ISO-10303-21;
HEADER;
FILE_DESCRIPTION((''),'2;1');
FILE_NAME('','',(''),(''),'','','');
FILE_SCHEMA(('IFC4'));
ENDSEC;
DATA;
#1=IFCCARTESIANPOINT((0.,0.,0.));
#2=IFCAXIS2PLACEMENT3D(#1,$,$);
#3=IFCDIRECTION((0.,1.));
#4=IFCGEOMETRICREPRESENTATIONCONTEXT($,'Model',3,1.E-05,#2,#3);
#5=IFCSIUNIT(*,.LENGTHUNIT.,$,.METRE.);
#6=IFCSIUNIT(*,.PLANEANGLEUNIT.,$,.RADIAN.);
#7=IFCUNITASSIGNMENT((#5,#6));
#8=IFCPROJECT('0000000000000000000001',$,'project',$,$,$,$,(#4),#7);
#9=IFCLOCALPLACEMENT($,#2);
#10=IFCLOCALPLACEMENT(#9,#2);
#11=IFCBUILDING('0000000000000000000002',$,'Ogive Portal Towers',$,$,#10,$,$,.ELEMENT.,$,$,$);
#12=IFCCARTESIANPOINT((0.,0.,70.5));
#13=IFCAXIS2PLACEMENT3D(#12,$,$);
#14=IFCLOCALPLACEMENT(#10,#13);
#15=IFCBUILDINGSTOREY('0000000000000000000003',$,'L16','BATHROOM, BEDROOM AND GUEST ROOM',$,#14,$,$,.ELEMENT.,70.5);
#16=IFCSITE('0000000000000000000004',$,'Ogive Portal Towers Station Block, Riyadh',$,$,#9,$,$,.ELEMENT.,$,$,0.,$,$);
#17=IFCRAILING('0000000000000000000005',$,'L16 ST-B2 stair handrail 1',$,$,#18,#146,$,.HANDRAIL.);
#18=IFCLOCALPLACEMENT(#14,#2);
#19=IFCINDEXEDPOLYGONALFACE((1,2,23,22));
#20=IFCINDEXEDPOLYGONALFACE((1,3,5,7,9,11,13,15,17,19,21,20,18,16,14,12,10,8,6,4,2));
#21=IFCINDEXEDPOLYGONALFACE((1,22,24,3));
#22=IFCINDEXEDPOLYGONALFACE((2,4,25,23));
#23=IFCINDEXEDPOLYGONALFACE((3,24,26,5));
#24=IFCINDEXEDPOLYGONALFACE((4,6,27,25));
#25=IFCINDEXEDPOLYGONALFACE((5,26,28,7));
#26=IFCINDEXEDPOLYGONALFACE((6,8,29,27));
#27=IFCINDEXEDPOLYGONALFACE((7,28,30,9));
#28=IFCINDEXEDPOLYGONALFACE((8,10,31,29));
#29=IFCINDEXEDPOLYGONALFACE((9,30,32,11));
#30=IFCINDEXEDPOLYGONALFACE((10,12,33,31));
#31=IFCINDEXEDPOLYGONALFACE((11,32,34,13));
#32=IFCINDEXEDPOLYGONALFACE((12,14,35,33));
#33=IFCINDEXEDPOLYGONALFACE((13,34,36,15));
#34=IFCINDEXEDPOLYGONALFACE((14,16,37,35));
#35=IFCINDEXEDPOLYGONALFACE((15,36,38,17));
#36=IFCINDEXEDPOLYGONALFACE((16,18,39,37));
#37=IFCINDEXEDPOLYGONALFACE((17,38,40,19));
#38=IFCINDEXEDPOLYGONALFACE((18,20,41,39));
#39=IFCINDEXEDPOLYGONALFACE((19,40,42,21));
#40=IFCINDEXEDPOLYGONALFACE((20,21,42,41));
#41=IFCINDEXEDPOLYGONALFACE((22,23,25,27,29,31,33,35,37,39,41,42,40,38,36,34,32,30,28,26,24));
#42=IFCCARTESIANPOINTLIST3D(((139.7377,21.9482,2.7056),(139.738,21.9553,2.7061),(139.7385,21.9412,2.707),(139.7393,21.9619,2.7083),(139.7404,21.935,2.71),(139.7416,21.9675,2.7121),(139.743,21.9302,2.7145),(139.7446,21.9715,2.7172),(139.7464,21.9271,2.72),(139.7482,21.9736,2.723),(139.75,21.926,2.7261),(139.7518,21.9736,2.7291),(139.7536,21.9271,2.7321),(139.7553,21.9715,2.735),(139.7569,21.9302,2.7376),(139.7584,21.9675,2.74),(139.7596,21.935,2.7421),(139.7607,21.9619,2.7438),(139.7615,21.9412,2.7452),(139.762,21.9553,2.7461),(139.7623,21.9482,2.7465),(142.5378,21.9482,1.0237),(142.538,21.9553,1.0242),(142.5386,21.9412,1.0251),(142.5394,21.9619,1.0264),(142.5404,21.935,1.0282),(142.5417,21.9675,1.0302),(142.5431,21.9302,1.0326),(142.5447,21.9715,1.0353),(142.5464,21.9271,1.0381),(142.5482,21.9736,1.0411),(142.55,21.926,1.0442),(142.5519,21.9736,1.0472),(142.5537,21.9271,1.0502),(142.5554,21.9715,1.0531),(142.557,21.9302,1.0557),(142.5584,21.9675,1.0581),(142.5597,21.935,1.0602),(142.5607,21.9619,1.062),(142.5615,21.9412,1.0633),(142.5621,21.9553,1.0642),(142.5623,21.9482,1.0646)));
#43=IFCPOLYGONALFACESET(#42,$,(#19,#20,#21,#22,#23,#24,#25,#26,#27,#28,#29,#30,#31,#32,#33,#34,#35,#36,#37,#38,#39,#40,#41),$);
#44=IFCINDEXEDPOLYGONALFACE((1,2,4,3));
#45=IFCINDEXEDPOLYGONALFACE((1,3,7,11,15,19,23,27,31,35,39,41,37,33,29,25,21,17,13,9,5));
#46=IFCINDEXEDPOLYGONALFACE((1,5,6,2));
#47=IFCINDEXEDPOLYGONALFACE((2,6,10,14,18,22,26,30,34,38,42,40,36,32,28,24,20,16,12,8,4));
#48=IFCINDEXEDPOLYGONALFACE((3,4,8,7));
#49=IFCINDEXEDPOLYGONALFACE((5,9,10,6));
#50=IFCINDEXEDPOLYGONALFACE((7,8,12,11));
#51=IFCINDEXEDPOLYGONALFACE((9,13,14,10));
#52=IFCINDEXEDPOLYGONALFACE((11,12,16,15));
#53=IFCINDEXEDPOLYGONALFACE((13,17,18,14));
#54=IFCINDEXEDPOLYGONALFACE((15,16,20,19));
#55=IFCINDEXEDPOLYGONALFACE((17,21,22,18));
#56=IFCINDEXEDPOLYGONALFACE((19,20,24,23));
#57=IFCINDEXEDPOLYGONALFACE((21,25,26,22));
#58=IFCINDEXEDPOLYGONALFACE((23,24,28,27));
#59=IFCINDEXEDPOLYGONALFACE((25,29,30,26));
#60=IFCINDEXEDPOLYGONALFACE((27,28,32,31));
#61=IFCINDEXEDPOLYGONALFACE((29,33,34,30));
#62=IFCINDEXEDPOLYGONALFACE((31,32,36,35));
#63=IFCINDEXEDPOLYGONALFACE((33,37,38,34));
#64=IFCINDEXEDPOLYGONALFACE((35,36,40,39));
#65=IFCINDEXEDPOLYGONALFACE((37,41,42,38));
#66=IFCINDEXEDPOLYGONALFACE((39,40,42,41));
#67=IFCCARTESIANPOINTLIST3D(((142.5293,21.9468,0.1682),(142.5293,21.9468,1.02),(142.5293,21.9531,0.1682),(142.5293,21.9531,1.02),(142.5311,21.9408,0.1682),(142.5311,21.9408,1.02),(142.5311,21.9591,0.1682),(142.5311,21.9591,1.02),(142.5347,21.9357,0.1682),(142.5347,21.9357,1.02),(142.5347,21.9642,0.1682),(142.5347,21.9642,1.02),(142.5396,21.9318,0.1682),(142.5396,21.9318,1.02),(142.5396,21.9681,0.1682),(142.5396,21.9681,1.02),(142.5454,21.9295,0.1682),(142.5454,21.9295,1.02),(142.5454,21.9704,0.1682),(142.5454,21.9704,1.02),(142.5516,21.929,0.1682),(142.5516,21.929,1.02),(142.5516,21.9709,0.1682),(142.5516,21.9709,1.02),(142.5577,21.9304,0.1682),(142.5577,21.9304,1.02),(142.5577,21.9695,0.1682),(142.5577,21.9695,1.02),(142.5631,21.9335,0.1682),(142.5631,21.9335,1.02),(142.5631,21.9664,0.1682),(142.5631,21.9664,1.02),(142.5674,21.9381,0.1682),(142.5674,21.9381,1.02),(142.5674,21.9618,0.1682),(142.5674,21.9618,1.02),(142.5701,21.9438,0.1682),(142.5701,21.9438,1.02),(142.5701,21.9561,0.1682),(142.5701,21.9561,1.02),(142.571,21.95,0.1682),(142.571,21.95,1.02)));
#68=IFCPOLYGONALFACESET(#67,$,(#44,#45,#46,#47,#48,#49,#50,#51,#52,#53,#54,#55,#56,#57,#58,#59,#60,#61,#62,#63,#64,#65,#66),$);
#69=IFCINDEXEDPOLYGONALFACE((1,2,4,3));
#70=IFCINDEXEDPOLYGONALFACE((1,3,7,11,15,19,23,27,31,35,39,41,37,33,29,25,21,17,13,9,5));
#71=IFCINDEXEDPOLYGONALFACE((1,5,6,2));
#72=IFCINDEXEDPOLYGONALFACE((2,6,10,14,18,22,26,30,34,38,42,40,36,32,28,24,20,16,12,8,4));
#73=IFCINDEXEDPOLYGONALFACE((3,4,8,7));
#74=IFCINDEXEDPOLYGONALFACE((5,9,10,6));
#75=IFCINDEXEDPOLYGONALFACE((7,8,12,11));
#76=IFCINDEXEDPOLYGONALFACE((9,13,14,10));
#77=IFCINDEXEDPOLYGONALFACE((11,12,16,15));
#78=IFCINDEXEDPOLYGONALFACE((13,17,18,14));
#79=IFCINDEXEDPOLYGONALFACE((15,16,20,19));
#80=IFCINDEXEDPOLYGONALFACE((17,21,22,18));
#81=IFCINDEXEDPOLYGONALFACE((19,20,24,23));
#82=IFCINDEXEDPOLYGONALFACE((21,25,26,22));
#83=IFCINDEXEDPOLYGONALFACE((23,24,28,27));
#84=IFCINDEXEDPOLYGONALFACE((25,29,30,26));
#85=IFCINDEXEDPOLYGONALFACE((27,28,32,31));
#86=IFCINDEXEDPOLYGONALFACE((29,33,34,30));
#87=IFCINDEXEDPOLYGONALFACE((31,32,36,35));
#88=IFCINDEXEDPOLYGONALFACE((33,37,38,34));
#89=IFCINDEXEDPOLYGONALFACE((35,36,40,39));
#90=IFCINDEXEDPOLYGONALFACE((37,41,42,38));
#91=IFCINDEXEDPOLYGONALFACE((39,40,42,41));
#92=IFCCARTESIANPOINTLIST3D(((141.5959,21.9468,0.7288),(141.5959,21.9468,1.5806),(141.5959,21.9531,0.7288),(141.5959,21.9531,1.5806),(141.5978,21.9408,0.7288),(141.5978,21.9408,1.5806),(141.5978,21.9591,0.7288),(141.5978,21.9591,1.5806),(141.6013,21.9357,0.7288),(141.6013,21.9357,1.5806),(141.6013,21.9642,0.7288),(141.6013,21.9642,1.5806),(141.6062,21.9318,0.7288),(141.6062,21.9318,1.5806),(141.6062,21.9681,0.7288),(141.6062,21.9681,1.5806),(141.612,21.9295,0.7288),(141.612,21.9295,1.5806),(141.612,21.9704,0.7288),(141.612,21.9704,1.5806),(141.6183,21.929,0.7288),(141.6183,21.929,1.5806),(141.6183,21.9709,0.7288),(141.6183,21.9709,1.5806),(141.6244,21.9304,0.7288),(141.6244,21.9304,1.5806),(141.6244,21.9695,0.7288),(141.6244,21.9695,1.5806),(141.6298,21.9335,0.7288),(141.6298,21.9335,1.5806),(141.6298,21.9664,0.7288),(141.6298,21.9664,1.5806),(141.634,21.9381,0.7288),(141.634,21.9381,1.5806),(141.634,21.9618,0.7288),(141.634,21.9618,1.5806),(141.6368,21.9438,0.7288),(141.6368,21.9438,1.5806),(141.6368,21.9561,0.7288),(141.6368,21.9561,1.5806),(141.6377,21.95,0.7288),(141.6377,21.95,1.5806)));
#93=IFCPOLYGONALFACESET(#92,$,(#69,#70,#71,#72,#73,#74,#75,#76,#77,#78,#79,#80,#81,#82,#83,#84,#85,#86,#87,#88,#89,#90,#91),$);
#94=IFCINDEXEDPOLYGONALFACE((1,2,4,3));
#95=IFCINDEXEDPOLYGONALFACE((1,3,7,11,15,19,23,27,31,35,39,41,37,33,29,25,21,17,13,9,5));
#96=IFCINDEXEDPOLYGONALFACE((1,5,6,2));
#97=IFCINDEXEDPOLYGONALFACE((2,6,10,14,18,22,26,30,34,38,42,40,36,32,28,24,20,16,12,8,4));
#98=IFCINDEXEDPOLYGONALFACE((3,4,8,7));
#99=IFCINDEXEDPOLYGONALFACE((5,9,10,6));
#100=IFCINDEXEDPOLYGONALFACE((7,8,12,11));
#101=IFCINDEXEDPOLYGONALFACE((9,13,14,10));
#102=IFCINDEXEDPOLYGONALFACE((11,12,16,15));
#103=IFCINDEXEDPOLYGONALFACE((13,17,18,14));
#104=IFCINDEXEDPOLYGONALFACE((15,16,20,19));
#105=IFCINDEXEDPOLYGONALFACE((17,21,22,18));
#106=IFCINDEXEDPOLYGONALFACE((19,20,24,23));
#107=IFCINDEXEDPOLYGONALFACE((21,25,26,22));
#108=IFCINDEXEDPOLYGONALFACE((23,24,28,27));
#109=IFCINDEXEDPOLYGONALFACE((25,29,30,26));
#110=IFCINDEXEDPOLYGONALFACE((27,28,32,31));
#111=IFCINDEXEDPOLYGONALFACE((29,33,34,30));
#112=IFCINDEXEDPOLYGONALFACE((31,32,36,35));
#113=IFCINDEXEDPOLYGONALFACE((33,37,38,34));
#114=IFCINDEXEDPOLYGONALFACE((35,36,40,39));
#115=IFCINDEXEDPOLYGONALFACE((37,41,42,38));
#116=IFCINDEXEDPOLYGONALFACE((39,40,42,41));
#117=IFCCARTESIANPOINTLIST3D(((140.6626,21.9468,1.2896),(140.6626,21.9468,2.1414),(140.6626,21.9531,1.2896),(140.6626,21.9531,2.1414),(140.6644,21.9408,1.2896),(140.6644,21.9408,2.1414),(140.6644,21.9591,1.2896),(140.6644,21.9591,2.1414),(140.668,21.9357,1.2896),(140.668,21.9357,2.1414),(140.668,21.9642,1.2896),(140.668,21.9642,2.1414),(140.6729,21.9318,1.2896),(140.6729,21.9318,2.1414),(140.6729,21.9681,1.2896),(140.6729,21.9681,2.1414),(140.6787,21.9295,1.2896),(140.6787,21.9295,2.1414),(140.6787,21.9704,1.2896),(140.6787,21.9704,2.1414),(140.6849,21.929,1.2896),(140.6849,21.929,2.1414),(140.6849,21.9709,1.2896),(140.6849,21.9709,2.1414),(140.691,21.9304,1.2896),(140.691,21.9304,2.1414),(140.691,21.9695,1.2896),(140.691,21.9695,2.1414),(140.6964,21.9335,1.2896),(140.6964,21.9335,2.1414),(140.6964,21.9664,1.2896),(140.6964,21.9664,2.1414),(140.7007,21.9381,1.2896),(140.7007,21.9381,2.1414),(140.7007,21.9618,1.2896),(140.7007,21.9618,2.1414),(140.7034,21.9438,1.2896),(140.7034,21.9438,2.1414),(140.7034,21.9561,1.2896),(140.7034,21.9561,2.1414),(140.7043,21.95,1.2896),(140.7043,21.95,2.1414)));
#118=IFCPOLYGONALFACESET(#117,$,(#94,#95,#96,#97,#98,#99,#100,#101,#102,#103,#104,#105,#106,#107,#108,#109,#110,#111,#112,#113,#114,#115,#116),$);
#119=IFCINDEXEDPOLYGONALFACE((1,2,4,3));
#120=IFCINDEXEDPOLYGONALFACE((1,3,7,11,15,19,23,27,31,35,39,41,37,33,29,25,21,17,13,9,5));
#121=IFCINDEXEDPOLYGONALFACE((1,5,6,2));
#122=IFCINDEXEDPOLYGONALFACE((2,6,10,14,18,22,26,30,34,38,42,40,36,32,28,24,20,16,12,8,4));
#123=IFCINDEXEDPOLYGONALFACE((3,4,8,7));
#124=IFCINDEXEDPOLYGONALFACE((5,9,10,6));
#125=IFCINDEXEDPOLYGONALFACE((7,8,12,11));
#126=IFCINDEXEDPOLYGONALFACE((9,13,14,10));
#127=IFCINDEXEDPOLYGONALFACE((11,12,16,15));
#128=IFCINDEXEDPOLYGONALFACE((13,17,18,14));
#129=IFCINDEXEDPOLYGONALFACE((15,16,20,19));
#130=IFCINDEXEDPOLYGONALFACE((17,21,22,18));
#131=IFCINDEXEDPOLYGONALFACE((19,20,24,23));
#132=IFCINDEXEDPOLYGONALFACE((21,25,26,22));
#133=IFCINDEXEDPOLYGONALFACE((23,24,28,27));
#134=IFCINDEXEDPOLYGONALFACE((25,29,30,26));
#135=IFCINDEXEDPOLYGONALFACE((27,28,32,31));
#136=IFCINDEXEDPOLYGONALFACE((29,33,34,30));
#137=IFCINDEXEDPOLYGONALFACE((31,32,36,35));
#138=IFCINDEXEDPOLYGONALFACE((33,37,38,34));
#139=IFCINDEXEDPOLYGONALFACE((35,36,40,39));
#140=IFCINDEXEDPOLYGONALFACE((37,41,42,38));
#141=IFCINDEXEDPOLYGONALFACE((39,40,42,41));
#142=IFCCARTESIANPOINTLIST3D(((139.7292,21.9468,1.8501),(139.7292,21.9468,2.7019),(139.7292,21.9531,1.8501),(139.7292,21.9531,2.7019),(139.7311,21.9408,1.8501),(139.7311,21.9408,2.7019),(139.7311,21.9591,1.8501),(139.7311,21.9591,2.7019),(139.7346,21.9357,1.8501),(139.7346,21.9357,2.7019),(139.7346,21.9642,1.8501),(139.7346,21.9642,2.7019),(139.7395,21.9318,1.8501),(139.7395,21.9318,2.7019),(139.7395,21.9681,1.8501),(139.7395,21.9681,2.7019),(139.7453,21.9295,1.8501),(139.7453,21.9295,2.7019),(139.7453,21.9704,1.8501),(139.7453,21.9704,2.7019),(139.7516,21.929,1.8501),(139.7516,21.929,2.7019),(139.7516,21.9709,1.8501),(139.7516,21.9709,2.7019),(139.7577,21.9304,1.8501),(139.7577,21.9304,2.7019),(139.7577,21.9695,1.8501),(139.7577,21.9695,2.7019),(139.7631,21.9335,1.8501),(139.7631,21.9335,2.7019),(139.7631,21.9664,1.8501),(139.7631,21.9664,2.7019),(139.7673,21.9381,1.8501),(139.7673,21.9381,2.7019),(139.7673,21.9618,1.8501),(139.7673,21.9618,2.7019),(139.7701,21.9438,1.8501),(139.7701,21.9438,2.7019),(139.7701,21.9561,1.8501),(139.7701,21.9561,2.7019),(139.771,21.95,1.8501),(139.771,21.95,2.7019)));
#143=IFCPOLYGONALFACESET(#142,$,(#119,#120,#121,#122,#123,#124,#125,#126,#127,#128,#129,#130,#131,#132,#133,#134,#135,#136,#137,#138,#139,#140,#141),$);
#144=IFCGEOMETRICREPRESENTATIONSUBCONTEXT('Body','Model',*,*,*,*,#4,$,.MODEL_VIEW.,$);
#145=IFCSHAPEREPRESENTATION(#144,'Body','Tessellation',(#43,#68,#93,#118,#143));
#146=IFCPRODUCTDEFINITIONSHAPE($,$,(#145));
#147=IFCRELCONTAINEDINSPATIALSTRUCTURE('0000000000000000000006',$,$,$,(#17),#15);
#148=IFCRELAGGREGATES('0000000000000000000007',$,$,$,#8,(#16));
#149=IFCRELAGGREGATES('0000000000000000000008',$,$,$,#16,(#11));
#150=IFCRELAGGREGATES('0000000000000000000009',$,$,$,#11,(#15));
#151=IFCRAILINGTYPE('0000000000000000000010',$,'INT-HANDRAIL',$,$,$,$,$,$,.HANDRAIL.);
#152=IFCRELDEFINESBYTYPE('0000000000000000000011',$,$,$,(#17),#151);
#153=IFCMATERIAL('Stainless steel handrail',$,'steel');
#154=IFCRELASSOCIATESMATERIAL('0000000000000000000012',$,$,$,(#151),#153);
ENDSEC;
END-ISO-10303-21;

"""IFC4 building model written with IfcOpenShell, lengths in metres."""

from ifc_helpers import new_model, si_unit, direction, frame, origin, origin_2d, place, context, subcontext, project, spatial, circle, extrude, material, type_object, element, save


model = new_model("IFC4")

# Units and contexts
model_context = context("Model", 3, precision=1e-05, world=origin(), true_north=direction((0.0, 1.0)))
body_context = subcontext(model_context, "Body", "Model", "MODEL_VIEW")
ifc_project = project(units=[si_unit("LENGTHUNIT", "METRE"), si_unit("PLANEANGLEUNIT", "RADIAN")], contexts=[model_context])

# Site, building, storey
site_placement = place(None, origin())
site = spatial("IfcSite", under=ifc_project, at=site_placement, Name="Ogive Portal Towers Station Block, Riyadh", CompositionType="ELEMENT", RefElevation=0.0)
building_placement = place(site_placement, origin())
building = spatial("IfcBuilding", under=site, at=building_placement, Name="Ogive Portal Towers", CompositionType="ELEMENT")
storey_placement = place(building_placement, frame((0.0, 0.0, 70.5)))
storey = spatial("IfcBuildingStorey", under=building, at=storey_placement, Name="L16", Description="BATHROOM, BEDROOM AND GUEST ROOM", CompositionType="ELEMENT", Elevation=70.5)

# Railing
ifc_material_1 = material(Name="Stainless steel handrail", Category="steel")
railing_type_1 = type_object("IfcRailingType", Name="INT-HANDRAIL", PredefinedType="HANDRAIL", material=ifc_material_1)
railing_1_placement = place(storey_placement, frame((142.55, 21.95, 0.1682)))
element("IfcRailing", 1, at=railing_1_placement, inside=storey, type_object=railing_type_1, Name="L16 ST-B2 stair handrail 1", PredefinedType="HANDRAIL", context=body_context, shape_type="SweptSolid", body=[
    extrude(circle(Radius=0.0239, at=origin_2d()), frame((0.0, 0.0, 0.876), z_axis=(-0.857242, 0.0, 0.514913), x_axis=(0.0, -1.0, 0.0)), (0.0, 0.0, 1.0), 3.2664),
    extrude(circle(Radius=0.021, at=origin_2d()), origin(), (0.0, 0.0, 1.0), 0.8518),
    extrude(circle(Radius=0.021, at=origin_2d()), frame((-0.9333, 0.0, 0.5605)), (0.0, 0.0, 1.0), 0.8518),
    extrude(circle(Radius=0.021, at=origin_2d()), frame((-1.8667, 0.0, 1.1213)), (0.0, 0.0, 1.0), 0.8518),
    extrude(circle(Radius=0.021, at=origin_2d()), frame((-2.8, 0.0, 1.6819)), (0.0, 0.0, 1.0), 0.8518),
])

save(model, "model.ifc")
